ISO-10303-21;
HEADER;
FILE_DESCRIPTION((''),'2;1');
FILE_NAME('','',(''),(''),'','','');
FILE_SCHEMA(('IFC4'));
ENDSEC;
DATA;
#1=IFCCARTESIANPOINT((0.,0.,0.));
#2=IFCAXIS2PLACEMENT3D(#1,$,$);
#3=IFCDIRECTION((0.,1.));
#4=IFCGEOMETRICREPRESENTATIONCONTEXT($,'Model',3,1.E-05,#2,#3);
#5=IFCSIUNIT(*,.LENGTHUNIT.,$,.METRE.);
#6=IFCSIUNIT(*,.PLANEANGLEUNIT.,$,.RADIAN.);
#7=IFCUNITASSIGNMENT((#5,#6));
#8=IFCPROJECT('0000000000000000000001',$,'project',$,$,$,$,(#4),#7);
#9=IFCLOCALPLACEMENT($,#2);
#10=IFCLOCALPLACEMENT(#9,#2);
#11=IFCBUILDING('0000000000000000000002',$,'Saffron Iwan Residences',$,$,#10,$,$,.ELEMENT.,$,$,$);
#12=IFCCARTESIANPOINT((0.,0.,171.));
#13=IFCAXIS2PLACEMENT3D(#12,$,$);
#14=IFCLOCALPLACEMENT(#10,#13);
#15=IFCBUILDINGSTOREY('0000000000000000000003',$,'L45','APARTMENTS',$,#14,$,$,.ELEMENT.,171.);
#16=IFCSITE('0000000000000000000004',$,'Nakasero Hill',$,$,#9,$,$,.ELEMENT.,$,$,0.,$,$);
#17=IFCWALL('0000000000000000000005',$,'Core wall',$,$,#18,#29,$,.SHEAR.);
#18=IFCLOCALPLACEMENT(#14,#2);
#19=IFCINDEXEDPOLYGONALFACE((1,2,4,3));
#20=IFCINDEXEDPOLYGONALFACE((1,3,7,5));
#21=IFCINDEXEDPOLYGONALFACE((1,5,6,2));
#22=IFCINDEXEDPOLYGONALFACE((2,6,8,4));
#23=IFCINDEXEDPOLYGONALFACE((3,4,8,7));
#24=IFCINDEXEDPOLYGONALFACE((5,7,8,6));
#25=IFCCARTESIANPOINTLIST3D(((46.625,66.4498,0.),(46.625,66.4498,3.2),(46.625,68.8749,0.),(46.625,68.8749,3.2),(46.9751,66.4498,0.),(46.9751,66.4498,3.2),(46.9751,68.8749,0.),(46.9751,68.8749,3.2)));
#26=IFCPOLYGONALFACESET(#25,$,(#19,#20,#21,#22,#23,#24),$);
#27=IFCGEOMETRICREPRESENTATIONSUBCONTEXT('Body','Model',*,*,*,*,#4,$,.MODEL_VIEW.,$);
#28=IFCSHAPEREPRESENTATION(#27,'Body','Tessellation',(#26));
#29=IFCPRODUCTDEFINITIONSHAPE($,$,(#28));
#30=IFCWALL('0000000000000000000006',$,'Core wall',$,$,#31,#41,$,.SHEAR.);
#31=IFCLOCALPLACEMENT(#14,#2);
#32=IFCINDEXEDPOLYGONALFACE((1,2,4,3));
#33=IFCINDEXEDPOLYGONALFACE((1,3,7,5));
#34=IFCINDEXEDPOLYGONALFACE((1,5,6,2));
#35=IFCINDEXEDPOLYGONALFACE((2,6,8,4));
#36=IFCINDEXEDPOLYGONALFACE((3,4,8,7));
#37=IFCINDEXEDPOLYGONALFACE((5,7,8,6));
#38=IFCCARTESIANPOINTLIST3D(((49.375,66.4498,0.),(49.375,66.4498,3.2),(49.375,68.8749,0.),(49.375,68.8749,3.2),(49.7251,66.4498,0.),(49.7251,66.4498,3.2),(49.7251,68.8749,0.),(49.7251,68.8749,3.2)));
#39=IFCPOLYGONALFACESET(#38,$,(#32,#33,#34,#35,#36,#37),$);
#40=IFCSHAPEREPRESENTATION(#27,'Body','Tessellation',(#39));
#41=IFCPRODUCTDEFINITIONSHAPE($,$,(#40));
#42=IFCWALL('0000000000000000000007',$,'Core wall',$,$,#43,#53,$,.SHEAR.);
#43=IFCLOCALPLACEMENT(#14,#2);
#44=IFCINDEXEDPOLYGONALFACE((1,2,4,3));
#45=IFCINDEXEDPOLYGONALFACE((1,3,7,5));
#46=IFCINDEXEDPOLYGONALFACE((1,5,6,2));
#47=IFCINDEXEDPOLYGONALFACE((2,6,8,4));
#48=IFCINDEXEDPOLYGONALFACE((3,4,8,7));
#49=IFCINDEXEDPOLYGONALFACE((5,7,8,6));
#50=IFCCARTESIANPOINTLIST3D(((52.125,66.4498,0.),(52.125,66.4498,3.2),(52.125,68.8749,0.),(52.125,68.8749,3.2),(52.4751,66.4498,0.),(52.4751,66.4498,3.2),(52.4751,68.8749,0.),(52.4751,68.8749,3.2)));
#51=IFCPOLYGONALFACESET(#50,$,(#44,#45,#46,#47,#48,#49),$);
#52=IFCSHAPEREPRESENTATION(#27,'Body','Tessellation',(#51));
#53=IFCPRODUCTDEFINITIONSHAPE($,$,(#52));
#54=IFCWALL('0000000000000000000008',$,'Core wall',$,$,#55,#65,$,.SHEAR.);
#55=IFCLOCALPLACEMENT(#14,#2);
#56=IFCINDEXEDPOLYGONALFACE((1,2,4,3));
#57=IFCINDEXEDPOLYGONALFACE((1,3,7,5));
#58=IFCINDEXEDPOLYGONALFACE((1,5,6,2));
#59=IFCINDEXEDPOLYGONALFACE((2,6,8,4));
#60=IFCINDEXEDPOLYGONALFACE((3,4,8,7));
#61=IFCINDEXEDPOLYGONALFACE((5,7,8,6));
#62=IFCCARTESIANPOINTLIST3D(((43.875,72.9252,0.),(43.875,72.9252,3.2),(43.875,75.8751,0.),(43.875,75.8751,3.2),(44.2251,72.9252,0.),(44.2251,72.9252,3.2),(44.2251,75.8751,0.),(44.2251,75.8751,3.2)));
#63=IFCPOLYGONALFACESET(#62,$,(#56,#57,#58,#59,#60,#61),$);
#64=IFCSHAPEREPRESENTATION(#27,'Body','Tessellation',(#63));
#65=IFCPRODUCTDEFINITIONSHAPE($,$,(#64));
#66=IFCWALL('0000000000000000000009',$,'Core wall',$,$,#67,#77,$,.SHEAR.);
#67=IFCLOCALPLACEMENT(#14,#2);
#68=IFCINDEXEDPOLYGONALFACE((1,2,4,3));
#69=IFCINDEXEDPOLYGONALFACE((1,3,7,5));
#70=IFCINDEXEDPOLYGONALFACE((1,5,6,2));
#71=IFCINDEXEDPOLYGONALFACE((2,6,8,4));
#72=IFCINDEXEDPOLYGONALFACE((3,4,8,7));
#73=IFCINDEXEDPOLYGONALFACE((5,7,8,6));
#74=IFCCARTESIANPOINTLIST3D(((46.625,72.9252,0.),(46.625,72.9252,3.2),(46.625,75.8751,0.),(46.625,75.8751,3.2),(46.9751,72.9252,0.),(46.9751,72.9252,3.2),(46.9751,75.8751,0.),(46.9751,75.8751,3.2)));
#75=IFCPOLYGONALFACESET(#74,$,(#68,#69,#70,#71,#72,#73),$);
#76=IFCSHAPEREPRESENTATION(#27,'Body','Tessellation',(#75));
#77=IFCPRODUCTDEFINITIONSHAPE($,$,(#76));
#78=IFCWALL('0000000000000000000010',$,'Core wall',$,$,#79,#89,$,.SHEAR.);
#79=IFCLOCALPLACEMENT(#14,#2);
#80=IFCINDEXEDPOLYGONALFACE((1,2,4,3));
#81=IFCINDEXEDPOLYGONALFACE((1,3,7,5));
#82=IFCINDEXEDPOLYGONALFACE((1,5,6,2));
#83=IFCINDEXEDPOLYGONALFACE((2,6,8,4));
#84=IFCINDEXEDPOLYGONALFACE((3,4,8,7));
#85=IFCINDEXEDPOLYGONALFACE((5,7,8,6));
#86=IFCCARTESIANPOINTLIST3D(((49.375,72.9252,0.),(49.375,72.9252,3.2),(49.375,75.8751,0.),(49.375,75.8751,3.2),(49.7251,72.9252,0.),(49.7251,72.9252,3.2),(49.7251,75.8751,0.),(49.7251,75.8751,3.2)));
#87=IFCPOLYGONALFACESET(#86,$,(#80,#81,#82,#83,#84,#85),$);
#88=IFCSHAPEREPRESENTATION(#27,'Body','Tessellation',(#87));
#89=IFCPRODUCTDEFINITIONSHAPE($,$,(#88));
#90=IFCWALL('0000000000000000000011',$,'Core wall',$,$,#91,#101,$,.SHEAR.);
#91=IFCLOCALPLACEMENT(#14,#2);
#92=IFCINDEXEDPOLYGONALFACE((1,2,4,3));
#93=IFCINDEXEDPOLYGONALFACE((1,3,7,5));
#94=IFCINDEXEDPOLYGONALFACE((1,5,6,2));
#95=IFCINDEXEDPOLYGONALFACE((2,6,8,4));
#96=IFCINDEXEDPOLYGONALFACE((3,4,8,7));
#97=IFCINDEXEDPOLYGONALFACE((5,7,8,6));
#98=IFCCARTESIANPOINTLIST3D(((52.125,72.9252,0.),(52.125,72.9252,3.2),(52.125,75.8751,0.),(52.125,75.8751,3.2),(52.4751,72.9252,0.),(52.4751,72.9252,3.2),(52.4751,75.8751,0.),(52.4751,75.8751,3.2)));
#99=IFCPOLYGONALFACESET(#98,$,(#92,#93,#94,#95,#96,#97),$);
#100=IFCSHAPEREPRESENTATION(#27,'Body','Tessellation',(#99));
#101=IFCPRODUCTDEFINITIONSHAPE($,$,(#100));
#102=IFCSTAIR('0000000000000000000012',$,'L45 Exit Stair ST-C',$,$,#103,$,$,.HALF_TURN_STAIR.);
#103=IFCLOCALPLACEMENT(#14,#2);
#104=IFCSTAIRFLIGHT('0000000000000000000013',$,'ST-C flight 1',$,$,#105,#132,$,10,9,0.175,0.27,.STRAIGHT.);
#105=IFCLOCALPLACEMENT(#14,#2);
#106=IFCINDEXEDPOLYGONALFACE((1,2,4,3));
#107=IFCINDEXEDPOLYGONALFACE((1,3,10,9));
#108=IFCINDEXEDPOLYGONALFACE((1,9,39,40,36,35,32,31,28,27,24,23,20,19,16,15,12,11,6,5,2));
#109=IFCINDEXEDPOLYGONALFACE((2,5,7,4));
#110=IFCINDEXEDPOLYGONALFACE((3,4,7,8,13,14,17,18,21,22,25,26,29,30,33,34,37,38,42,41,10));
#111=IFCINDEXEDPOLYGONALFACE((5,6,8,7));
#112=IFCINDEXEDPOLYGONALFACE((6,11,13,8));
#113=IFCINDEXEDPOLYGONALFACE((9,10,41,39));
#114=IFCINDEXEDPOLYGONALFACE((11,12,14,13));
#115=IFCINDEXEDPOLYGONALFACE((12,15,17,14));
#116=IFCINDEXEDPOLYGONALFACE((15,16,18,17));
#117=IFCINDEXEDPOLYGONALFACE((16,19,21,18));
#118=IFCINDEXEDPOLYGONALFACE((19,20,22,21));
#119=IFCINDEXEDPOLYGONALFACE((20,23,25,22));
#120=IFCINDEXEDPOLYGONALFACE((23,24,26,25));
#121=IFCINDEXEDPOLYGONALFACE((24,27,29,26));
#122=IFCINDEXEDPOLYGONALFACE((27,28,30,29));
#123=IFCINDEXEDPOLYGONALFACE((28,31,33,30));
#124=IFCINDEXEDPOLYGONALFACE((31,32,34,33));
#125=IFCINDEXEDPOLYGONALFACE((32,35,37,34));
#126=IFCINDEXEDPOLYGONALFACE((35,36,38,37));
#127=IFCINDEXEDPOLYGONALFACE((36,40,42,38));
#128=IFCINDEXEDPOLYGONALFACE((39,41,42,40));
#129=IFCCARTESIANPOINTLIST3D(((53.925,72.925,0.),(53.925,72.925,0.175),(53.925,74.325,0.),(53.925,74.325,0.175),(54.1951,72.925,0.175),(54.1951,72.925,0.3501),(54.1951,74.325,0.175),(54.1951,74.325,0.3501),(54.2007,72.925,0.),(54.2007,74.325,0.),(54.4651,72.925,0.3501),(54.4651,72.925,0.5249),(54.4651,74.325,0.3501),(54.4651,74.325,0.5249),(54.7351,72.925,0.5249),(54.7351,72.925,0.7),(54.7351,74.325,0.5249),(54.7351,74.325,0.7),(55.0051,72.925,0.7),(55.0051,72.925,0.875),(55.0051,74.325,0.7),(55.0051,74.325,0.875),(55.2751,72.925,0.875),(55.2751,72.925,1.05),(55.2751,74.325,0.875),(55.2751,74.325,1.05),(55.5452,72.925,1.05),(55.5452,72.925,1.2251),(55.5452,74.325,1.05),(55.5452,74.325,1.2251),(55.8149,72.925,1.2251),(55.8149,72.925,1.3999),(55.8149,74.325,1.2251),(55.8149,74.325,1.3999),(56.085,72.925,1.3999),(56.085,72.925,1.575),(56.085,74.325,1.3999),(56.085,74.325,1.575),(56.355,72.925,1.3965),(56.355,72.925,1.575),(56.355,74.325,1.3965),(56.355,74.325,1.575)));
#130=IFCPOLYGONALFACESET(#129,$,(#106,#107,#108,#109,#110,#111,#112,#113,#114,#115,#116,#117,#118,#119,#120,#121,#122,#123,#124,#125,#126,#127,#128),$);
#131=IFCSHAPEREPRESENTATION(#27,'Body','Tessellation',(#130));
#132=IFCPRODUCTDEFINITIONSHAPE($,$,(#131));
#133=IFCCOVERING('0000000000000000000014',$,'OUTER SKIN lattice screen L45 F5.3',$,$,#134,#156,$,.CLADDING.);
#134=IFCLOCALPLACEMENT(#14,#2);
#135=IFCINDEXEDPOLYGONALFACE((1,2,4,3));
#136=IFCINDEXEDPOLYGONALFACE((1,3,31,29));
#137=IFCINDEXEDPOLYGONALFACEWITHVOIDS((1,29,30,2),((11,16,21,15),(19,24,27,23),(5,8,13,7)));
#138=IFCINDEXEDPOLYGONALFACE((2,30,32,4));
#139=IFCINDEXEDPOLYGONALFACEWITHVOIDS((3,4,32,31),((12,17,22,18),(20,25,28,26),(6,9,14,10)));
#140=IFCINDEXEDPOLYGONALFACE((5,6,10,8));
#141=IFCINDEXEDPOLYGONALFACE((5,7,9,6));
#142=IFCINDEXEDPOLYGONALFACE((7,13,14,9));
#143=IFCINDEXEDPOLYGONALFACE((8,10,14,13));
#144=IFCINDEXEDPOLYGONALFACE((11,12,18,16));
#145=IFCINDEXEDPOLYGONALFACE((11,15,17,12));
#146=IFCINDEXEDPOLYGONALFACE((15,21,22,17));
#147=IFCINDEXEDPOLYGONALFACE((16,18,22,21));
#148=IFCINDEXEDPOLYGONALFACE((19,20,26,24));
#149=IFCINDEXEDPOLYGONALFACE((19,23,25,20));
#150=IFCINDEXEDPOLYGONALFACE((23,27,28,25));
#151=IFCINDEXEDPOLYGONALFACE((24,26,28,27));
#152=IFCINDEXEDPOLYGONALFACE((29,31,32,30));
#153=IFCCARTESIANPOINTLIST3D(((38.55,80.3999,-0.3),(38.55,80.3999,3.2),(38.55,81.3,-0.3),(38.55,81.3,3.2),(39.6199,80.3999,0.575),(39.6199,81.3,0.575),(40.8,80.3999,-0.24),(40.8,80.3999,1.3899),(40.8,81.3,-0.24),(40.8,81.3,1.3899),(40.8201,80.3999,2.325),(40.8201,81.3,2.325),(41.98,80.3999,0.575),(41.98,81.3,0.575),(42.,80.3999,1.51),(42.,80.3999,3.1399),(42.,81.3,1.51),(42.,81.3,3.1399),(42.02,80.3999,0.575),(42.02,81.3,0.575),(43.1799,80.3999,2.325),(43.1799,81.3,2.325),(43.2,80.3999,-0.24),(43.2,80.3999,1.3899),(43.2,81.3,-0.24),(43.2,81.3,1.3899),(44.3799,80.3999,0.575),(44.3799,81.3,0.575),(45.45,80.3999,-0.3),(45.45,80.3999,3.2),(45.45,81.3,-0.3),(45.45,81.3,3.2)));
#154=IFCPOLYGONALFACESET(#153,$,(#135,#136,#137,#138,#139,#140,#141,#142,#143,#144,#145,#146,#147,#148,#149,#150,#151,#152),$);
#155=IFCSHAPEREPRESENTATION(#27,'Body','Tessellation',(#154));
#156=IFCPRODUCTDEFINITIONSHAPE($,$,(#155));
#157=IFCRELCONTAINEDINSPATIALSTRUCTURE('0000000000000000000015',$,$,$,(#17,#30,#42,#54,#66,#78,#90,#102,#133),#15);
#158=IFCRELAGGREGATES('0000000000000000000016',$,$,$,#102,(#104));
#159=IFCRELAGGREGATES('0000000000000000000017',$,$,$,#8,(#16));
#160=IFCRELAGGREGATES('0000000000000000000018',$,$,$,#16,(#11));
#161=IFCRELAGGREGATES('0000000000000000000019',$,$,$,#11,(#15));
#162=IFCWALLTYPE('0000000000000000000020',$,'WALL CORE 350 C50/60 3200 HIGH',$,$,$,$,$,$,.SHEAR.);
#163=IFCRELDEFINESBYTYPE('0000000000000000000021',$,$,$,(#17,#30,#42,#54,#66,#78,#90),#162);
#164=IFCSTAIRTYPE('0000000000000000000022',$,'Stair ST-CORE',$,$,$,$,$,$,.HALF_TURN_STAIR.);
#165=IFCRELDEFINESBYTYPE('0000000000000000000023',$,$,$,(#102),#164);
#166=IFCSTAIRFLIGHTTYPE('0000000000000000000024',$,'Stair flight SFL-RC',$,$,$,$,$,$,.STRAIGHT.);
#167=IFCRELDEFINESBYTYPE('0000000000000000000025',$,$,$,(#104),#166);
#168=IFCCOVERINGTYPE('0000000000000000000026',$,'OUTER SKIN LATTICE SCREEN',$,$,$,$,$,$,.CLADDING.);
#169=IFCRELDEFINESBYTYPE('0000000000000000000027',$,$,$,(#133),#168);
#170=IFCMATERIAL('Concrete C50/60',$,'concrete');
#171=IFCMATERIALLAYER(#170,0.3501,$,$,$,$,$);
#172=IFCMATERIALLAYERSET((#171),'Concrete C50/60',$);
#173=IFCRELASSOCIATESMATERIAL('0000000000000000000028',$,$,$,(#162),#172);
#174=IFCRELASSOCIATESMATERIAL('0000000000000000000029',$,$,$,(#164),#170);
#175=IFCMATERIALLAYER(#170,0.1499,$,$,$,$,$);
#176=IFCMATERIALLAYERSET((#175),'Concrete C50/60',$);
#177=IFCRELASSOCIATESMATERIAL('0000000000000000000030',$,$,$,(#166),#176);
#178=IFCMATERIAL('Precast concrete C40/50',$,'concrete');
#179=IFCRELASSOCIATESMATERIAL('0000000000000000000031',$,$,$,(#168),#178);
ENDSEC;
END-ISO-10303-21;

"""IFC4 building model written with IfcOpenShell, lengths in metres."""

from ifc_helpers import new_model, si_unit, direction, frame, frame_2d, origin, place, context, subcontext, project, spatial, polyline, rectangle, outline, extrude, material, layer, layer_set, type_object, element, aggregate, save


model = new_model("IFC4")

# Units and contexts
model_context = context("Model", 3, precision=1e-05, world=origin(), true_north=direction((0.0, 1.0)))
body_context = subcontext(model_context, "Body", "Model", "MODEL_VIEW")
ifc_project = project(units=[si_unit("LENGTHUNIT", "METRE"), si_unit("PLANEANGLEUNIT", "RADIAN")], contexts=[model_context])

# Site, building, storey
site_placement = place(None, origin())
site = spatial("IfcSite", under=ifc_project, at=site_placement, Name="Nakasero Hill", CompositionType="ELEMENT", RefElevation=0.0)
building_placement = place(site_placement, origin())
building = spatial("IfcBuilding", under=site, at=building_placement, Name="Saffron Iwan Residences", CompositionType="ELEMENT")
storey_placement = place(building_placement, frame((0.0, 0.0, 171.0)))
storey = spatial("IfcBuildingStorey", under=building, at=storey_placement, Name="L45", Description="APARTMENTS", CompositionType="ELEMENT", Elevation=171.0)

# Shared definitions
ifc_material_1 = material(Name="Concrete C50/60", Category="concrete")

# Walls
ifc_layer_1 = layer(ifc_material_1, 0.3501)
ifc_layer_set_1 = layer_set([ifc_layer_1], Name="Concrete C50/60")
wall_type_1 = type_object("IfcWallType", Name="WALL CORE 350 C50/60 3200 HIGH", PredefinedType="SHEAR", material=ifc_layer_set_1)
for number, where, z_axis, x_axis, name in (
    (1, (46.8, 66.45, 0.0), (0.0, 0.0, 1.0), (0.0, 1.0, 0.0), "Core wall"),
    (2, (49.55, 66.45, 0.0), (0.0, 0.0, 1.0), (0.0, 1.0, 0.0), "Core wall"),
    (3, (52.3, 66.45, 0.0), (0.0, 0.0, 1.0), (0.0, 1.0, 0.0), "Core wall"),
):
    element("IfcWall", number, at=place(storey_placement, frame(where, z_axis=z_axis, x_axis=x_axis)), inside=storey, type_object=wall_type_1, Name=name, PredefinedType="SHEAR", context=body_context, shape_type="SweptSolid", body=[
        extrude(rectangle(XDim=2.425, YDim=0.3501, at=frame_2d((1.2124, 0.0))), origin(), (0.0, 0.0, 1.0), 3.2),
    ])
for number, where, z_axis, x_axis, name in (
    (4, (44.05, 72.925, 0.0), (0.0, 0.0, 1.0), (0.0, 1.0, 0.0), "Core wall"),
    (5, (46.8, 72.925, 0.0), (0.0, 0.0, 1.0), (0.0, 1.0, 0.0), "Core wall"),
    (6, (49.55, 72.925, 0.0), (0.0, 0.0, 1.0), (0.0, 1.0, 0.0), "Core wall"),
    (7, (52.3, 72.925, 0.0), (0.0, 0.0, 1.0), (0.0, 1.0, 0.0), "Core wall"),
):
    element("IfcWall", number, at=place(storey_placement, frame(where, z_axis=z_axis, x_axis=x_axis)), inside=storey, type_object=wall_type_1, Name=name, PredefinedType="SHEAR", context=body_context, shape_type="SweptSolid", body=[
        extrude(rectangle(XDim=2.95, YDim=0.3501, at=frame_2d((1.4751, 0.0))), origin(), (0.0, 0.0, 1.0), 3.2),
    ])

# Stair, stair flight
stair_type = type_object("IfcStairType", Name="Stair ST-CORE", PredefinedType="HALF_TURN_STAIR", material=ifc_material_1)
stair_placement = place(storey_placement, origin())
stair = element("IfcStair", 8, at=stair_placement, inside=storey, type_object=stair_type, Name="L45 Exit Stair ST-C", PredefinedType="HALF_TURN_STAIR")
ifc_layer_2 = layer(ifc_material_1, 0.1499)
ifc_layer_set_2 = layer_set([ifc_layer_2], Name="Concrete C50/60")
stair_flight_type = type_object("IfcStairFlightType", Name="Stair flight SFL-RC", PredefinedType="STRAIGHT", material=ifc_layer_set_2)
stair_flight_placement = place(storey_placement, frame((53.925, 73.625, 0.0), z_axis=(0.0, 0.0, 1.0), x_axis=(1.0, 0.0, 0.0)))
stair_flight = element("IfcStairFlight", 9, at=stair_flight_placement, type_object=stair_flight_type, Name="ST-C flight 1", NumberOfRisers=10, NumberOfTreads=9, PredefinedType="STRAIGHT", RiserHeight=0.175, TreadLength=0.27, context=body_context, shape_type="SweptSolid", body=[
    extrude(outline(polyline([(0.0, 0.0), (0.0, 0.175), (0.27, 0.175), (0.27, 0.3501), (0.54, 0.3501), (0.54, 0.5249), (0.8101, 0.5249), (0.8101, 0.7), (1.0801, 0.7), (1.0801, 0.875), (1.3501, 0.875), (1.3501, 1.05), (1.6201, 1.05), (1.6201, 1.2251), (1.8899, 1.2251), (1.8899, 1.3999), (2.1599, 1.3999), (2.1599, 1.575), (2.4299, 1.575), (2.4299, 1.75), (2.4299, 1.3965), (0.2756, 0.0), (0.0, 0.0)])), frame((0.0, 0.7, 0.0), z_axis=(0.0, -1.0, 0.0), x_axis=(1.0, 0.0, 0.0)), (0.0, 0.0, 1.0), 1.3999),
])
aggregate(stair, [stair_flight])

# Covering
ifc_material_2 = material(Name="Precast concrete C40/50", Category="concrete")
covering_type_1 = type_object("IfcCoveringType", Name="OUTER SKIN LATTICE SCREEN", PredefinedType="CLADDING", material=ifc_material_2)
covering_placement = place(storey_placement, frame((45.45, 80.3999, -0.3), z_axis=(0.0, 1.0, 0.0), x_axis=(-1.0, 0.0, 0.0)))
element("IfcCovering", 10, at=covering_placement, inside=storey, type_object=covering_type_1, Name="OUTER SKIN lattice screen L45 F5.3", PredefinedType="CLADDING", context=body_context, shape_type="SweptSolid", body=[
    extrude(outline(polyline([(0.0, 0.0), (6.8999, 0.0), (6.8999, 3.5), (0.0, 3.5), (0.0, 0.0)]), holes=[polyline([(1.0701, 0.875), (2.25, 0.0601), (3.4299, 0.875), (2.25, 1.6899), (1.0701, 0.875)]), polyline([(3.47, 0.875), (4.6499, 0.0601), (5.8301, 0.875), (4.6499, 1.6899), (3.47, 0.875)]), polyline([(2.27, 2.625), (3.45, 1.8101), (4.6299, 2.625), (3.45, 3.4399), (2.27, 2.625)])]), origin(), (0.0, 0.0, 1.0), 0.9001),
])

save(model, "model.ifc")
